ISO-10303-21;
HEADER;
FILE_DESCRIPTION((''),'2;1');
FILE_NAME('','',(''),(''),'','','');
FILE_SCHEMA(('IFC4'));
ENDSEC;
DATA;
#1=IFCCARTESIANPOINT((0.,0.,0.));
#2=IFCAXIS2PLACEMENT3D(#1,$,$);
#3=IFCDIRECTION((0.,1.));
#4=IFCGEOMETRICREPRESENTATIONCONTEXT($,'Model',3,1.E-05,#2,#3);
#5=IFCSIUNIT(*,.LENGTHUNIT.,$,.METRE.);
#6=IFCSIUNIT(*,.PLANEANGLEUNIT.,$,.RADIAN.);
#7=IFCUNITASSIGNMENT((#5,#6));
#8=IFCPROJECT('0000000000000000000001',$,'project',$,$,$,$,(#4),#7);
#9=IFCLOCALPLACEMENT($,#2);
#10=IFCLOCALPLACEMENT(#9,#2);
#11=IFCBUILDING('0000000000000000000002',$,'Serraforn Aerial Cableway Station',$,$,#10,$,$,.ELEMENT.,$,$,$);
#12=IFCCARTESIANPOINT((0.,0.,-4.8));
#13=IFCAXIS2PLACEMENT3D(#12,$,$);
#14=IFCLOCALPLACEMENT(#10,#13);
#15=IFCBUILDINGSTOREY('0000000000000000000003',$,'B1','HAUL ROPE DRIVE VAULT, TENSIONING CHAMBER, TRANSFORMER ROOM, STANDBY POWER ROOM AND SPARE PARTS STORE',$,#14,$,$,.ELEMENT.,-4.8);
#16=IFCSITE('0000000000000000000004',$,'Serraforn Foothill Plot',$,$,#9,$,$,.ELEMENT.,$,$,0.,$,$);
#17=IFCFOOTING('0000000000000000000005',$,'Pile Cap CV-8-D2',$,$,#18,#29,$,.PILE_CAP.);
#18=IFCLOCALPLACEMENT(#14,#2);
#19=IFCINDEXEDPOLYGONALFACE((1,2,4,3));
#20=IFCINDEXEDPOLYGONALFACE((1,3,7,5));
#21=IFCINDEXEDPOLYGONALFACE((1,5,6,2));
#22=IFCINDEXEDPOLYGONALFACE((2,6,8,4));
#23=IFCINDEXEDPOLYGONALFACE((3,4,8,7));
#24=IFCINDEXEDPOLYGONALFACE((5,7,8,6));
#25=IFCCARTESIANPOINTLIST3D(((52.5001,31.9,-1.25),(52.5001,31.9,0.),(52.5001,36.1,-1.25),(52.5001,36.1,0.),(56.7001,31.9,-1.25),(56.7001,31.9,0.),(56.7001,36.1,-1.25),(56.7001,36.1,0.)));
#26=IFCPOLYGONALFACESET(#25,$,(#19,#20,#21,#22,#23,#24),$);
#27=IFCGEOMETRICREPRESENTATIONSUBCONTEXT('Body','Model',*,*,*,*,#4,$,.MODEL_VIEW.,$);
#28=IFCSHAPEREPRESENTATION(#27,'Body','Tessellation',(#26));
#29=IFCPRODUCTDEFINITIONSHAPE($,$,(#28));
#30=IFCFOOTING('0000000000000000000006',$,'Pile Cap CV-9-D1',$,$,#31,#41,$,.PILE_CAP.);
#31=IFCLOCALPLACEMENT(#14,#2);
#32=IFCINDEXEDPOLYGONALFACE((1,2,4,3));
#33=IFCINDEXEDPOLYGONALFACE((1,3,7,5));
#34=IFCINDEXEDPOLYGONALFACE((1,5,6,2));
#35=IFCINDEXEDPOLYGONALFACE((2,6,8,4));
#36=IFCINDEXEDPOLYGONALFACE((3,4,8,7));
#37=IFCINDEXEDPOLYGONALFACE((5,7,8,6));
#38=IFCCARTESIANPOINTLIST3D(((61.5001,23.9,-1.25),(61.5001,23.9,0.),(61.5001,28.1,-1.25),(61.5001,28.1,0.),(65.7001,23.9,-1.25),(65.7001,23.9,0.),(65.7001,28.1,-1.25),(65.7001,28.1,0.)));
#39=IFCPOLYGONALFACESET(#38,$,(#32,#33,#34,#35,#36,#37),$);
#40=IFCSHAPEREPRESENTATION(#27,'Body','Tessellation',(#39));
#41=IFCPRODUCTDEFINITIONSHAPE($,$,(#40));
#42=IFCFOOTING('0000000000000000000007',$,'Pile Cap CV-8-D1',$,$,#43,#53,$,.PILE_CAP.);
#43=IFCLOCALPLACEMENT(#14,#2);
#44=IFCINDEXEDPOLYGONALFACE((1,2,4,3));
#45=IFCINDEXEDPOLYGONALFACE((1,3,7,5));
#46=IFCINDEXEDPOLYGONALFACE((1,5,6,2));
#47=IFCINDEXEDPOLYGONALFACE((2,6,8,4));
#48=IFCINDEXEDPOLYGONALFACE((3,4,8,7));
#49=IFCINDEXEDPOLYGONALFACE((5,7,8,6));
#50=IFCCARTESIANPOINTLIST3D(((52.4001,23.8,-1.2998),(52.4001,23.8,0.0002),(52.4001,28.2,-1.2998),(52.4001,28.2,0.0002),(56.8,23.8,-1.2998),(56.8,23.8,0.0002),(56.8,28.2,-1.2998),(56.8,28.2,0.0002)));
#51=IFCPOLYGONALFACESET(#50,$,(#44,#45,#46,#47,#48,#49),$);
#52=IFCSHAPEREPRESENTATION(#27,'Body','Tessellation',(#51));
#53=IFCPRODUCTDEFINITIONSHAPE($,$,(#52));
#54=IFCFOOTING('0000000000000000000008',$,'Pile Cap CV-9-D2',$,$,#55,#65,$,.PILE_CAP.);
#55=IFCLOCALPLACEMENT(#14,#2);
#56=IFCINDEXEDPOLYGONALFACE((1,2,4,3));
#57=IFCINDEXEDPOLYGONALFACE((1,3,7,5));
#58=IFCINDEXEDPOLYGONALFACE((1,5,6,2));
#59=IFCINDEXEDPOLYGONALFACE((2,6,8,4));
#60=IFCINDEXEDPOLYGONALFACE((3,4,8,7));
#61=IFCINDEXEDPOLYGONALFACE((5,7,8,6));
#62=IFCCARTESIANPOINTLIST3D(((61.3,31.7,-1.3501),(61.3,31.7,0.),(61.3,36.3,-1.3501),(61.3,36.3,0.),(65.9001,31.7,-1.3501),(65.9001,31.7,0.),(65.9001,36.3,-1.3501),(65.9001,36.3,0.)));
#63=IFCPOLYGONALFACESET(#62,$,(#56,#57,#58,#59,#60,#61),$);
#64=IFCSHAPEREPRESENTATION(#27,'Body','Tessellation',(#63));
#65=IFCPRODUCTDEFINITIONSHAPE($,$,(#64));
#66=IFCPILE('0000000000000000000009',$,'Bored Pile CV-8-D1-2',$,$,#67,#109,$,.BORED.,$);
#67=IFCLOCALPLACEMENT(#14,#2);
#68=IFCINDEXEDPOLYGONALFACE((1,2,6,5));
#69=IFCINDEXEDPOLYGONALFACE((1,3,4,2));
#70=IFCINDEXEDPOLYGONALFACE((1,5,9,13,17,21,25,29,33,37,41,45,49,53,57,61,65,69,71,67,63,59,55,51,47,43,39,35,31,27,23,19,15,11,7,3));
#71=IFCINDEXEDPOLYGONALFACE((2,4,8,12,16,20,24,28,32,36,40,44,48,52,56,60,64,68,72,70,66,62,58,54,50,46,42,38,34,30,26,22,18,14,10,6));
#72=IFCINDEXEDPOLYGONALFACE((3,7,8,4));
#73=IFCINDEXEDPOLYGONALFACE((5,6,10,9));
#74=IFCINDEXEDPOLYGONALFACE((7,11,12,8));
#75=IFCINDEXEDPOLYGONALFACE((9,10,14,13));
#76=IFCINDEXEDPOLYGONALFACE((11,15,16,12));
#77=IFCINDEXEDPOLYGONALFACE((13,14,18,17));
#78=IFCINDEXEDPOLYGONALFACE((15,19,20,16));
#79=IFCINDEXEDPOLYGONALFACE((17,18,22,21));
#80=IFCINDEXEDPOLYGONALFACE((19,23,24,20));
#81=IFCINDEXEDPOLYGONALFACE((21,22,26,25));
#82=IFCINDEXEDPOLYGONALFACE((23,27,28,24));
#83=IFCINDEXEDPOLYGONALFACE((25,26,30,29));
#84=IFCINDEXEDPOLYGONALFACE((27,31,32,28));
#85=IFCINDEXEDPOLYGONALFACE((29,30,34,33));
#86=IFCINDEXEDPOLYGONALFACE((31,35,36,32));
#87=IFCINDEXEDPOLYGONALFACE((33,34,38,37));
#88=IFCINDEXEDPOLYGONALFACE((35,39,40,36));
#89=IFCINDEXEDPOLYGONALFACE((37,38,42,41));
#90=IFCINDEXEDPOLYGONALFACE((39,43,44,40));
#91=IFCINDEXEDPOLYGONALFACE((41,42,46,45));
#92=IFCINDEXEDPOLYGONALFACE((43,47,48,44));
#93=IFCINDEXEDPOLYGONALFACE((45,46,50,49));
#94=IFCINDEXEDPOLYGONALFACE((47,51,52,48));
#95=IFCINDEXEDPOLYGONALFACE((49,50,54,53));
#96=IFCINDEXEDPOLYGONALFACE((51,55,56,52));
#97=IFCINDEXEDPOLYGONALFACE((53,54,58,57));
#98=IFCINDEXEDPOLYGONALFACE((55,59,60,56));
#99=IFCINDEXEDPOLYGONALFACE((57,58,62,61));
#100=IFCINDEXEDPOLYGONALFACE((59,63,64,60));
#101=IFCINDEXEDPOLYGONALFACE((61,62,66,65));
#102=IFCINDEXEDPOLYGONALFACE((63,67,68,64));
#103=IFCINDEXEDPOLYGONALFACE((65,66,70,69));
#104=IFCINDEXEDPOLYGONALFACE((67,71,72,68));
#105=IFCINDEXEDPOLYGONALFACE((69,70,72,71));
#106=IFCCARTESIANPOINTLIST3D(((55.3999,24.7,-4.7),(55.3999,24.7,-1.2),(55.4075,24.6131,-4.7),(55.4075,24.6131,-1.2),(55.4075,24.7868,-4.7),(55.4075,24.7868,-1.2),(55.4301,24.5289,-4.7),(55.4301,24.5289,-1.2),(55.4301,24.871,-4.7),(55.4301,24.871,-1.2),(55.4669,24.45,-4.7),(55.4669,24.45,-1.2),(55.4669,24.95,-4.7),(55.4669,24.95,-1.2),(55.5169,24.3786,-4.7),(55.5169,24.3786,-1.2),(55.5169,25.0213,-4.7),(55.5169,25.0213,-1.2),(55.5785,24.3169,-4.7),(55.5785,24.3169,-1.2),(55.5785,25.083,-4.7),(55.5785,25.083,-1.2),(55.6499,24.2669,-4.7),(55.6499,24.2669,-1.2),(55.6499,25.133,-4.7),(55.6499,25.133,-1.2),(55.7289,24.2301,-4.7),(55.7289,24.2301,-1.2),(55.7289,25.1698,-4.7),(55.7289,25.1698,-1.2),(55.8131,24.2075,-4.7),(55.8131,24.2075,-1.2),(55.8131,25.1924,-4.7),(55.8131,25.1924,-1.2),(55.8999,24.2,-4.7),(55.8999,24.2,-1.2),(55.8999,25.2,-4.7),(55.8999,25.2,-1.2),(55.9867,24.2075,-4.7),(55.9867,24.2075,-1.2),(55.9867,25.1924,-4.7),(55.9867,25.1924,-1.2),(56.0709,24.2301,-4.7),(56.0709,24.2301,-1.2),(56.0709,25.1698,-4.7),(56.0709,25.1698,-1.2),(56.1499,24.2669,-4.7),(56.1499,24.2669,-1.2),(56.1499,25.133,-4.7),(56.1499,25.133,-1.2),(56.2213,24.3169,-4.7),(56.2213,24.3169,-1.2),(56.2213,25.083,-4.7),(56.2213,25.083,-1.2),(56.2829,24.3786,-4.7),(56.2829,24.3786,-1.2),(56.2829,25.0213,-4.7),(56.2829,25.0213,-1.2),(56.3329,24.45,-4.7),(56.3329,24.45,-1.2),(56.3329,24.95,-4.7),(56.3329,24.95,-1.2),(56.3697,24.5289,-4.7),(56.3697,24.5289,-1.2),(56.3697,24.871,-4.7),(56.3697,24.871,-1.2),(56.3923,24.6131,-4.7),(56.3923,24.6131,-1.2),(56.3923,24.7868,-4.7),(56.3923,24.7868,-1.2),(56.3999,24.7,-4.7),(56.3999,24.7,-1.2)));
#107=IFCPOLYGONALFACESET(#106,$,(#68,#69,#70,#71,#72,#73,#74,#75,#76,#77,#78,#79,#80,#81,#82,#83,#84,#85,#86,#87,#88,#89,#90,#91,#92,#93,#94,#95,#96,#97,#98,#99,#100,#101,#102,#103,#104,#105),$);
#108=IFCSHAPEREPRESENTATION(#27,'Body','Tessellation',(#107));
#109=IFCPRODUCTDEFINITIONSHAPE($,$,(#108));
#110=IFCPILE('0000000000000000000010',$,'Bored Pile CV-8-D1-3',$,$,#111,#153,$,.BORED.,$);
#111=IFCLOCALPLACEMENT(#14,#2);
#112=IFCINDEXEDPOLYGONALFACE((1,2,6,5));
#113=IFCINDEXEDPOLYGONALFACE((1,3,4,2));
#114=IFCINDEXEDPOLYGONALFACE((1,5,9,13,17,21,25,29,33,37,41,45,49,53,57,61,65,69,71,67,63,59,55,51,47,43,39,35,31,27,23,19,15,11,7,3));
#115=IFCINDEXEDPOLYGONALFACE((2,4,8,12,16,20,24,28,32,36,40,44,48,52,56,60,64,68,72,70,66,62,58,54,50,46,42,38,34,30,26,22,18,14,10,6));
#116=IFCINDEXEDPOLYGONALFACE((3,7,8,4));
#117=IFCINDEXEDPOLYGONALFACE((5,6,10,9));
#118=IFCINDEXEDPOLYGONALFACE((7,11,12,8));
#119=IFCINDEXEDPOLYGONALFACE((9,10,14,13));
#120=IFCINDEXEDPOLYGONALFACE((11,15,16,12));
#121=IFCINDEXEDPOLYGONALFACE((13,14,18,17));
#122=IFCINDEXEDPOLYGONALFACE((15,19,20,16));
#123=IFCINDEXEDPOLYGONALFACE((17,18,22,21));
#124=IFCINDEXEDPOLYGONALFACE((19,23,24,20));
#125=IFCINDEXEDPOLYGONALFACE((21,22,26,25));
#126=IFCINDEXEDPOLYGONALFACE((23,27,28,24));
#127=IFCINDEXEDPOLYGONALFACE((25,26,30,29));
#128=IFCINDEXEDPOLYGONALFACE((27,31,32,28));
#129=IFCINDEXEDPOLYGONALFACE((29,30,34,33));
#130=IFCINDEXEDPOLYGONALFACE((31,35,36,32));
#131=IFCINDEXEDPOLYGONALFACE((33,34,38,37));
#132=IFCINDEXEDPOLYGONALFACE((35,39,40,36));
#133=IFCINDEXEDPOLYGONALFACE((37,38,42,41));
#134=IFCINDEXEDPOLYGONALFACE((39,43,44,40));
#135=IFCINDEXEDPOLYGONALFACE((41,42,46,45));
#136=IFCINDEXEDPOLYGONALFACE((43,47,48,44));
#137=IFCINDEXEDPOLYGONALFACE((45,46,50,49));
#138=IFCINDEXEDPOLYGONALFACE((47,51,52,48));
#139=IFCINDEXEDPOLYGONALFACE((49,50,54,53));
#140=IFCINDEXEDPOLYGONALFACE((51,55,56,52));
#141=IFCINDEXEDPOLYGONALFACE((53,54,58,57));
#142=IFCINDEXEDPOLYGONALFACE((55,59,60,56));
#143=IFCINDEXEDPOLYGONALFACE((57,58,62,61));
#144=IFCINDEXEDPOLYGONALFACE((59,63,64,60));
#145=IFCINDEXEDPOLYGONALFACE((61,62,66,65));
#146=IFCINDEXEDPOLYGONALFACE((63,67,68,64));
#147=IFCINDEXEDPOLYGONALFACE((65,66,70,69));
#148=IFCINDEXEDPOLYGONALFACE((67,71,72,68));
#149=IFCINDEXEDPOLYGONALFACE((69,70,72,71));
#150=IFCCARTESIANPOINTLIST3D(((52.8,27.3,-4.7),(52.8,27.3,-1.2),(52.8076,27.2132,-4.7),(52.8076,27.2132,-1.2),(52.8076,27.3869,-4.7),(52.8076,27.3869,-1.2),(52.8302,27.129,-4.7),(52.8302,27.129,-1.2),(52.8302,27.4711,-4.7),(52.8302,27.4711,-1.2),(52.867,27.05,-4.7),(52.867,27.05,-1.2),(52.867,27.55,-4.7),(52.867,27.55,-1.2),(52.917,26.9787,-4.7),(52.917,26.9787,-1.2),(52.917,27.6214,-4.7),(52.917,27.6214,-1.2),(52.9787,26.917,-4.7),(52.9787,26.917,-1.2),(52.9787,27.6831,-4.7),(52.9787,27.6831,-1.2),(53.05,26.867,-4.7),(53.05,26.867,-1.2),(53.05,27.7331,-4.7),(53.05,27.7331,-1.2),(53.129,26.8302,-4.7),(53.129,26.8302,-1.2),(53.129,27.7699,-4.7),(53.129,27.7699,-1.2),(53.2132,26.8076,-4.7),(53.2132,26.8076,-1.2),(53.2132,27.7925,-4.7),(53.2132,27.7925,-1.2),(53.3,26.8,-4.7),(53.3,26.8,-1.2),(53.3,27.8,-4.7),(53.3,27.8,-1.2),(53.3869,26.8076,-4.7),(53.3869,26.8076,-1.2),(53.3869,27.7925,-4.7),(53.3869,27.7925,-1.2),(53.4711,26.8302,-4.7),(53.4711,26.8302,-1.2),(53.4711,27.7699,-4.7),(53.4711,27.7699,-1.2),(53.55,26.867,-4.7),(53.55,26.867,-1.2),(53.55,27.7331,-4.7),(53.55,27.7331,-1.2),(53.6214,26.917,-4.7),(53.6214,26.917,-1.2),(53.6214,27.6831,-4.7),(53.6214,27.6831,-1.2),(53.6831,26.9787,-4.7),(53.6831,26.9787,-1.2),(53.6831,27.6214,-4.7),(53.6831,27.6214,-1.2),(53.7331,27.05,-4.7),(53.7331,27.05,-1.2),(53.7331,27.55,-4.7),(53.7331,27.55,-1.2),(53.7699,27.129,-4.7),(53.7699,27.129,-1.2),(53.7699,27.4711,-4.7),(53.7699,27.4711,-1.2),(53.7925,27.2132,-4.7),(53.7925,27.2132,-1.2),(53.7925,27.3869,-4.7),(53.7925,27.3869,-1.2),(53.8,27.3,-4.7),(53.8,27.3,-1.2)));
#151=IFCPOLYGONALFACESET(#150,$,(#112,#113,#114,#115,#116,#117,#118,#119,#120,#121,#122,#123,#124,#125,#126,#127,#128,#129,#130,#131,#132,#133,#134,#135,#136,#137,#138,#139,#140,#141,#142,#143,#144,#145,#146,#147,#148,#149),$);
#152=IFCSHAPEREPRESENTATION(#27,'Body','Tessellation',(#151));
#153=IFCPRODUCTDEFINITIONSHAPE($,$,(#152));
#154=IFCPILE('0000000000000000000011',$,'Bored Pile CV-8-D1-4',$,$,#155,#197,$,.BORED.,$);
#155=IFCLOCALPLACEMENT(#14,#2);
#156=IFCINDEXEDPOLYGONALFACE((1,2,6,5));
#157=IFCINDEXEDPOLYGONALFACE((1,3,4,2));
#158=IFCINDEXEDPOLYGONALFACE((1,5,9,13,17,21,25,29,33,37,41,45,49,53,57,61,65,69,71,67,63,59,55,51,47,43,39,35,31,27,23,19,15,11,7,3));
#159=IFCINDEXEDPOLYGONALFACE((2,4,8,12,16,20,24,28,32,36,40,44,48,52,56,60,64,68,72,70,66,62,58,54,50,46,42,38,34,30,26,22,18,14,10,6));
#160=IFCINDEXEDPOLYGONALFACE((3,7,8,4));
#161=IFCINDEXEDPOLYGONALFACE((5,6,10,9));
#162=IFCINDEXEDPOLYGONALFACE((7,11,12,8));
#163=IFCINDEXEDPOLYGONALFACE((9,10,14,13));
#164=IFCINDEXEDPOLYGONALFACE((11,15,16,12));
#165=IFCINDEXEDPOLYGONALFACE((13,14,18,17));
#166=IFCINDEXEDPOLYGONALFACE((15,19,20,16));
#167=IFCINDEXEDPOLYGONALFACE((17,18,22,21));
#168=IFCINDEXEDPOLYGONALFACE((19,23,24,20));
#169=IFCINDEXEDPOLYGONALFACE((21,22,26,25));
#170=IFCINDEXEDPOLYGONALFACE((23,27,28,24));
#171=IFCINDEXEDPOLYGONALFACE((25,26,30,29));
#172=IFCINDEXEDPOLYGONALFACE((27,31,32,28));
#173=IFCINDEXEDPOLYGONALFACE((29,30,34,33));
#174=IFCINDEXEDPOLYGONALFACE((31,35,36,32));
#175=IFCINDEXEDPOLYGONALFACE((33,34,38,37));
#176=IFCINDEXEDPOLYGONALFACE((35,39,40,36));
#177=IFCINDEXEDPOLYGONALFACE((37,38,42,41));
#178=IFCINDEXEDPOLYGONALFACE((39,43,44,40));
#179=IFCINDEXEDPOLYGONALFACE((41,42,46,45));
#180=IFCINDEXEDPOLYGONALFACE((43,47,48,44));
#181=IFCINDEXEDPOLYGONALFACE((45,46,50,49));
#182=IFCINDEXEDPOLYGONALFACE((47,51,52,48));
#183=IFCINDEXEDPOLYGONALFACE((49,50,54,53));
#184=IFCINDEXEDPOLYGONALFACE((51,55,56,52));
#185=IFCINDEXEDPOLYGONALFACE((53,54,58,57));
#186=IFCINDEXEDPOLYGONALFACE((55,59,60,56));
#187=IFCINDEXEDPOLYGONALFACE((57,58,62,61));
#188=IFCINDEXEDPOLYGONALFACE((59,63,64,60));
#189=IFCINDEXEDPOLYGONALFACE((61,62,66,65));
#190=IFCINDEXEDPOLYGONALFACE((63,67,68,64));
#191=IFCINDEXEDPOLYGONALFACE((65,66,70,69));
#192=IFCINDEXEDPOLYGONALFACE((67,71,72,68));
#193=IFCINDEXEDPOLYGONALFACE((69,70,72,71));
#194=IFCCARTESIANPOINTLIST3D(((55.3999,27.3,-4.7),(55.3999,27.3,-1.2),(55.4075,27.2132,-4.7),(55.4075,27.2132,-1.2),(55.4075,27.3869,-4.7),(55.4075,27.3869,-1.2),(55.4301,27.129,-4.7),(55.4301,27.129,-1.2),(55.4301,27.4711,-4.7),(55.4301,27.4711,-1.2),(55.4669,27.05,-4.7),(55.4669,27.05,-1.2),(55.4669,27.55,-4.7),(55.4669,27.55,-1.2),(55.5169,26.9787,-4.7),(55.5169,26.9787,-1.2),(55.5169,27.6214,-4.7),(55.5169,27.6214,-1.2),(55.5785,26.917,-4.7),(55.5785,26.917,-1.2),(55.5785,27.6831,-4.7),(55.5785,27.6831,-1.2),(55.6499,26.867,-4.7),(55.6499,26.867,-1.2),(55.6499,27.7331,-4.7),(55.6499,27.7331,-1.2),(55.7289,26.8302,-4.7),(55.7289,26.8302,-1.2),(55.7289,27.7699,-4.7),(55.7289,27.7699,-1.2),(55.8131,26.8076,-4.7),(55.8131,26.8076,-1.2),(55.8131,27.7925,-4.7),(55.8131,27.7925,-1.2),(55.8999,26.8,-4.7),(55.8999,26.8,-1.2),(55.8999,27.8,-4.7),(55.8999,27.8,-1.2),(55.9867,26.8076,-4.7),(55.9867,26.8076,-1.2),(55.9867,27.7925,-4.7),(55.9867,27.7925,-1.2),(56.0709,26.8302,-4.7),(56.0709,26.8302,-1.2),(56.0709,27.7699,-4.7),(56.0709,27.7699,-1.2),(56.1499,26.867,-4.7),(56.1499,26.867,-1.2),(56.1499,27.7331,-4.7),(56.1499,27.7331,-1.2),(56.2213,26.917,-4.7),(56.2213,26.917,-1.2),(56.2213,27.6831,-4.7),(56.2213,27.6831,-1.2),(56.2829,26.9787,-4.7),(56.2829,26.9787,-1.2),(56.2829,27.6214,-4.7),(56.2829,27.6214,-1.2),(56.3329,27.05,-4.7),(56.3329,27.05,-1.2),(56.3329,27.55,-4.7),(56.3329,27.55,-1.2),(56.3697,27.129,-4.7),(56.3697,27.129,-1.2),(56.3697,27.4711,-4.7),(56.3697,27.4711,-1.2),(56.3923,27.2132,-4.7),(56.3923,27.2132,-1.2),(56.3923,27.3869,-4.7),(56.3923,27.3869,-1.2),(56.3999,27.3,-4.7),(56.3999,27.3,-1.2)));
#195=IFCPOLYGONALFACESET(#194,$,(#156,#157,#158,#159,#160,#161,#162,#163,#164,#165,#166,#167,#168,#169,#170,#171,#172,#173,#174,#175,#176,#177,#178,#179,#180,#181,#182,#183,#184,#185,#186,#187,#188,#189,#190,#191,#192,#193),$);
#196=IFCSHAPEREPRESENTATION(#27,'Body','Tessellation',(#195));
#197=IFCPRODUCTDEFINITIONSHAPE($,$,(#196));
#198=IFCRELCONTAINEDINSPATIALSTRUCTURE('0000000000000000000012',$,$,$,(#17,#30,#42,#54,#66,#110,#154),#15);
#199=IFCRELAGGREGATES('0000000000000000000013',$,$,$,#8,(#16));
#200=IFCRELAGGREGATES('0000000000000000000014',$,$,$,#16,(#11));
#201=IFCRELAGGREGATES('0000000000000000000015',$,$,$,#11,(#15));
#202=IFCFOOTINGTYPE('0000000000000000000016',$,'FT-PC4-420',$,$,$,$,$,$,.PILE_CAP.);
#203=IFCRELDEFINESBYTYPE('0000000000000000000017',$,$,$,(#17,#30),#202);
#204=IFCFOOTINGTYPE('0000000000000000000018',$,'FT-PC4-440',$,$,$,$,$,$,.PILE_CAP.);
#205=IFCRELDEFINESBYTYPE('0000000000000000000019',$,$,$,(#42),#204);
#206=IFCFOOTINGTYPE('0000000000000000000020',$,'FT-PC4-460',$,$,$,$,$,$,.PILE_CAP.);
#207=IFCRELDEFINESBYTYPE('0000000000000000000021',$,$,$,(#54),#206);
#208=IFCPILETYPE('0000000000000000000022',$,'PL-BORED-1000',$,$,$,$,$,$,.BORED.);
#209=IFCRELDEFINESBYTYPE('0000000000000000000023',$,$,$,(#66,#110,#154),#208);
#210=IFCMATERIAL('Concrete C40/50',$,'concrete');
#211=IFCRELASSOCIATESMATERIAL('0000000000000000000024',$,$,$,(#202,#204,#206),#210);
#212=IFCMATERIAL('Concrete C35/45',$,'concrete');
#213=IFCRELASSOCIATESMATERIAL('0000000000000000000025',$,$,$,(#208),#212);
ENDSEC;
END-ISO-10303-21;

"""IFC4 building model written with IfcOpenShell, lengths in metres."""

from ifc_helpers import new_model, si_unit, direction, frame, origin, origin_2d, place, context, subcontext, project, spatial, rectangle, circle, extrude, material, material_profile, profile_set, type_object, element, save


model = new_model("IFC4")

# Units and contexts
model_context = context("Model", 3, precision=1e-05, world=origin(), true_north=direction((0.0, 1.0)))
body_context = subcontext(model_context, "Body", "Model", "MODEL_VIEW")
ifc_project = project(units=[si_unit("LENGTHUNIT", "METRE"), si_unit("PLANEANGLEUNIT", "RADIAN")], contexts=[model_context])

# Site, building, storey
site_placement = place(None, origin())
site = spatial("IfcSite", under=ifc_project, at=site_placement, Name="Serraforn Foothill Plot", CompositionType="ELEMENT", RefElevation=0.0)
building_placement = place(site_placement, origin())
building = spatial("IfcBuilding", under=site, at=building_placement, Name="Serraforn Aerial Cableway Station", CompositionType="ELEMENT")
storey_placement = place(building_placement, frame((0.0, 0.0, -4.8)))
storey = spatial("IfcBuildingStorey", under=building, at=storey_placement, Name="B1", Description="HAUL ROPE DRIVE VAULT, TENSIONING CHAMBER, TRANSFORMER ROOM, STANDBY POWER ROOM AND SPARE PARTS STORE", CompositionType="ELEMENT", Elevation=-4.8)

# Footings
ifc_material_1 = material(Name="Concrete C40/50", Category="concrete")
footing_type_1 = type_object("IfcFootingType", Name="FT-PC4-420", PredefinedType="PILE_CAP", material=ifc_material_1)
for number, where, z_axis, x_axis, name in (
    (1, (54.6001, 34.0, -1.25), (0.0, 0.0, 1.0), (1.0, 0.0, 0.0), "Pile Cap CV-8-D2"),
    (2, (63.6001, 26.0, -1.25), (0.0, 0.0, 1.0), (1.0, 0.0, 0.0), "Pile Cap CV-9-D1"),
):
    element("IfcFooting", number, at=place(storey_placement, frame(where, z_axis=z_axis, x_axis=x_axis)), inside=storey, type_object=footing_type_1, Name=name, PredefinedType="PILE_CAP", context=body_context, shape_type="SweptSolid", body=[
        extrude(rectangle(XDim=4.2, YDim=4.2, at=origin_2d()), origin(), (0.0, 0.0, 1.0), 1.25),
    ])
footing_type_2 = type_object("IfcFootingType", Name="FT-PC4-440", PredefinedType="PILE_CAP", material=ifc_material_1)
footing_1_placement = place(storey_placement, frame((54.6001, 26.0, -1.2998), z_axis=(0.0, 0.0, 1.0), x_axis=(1.0, 0.0, 0.0)))
element("IfcFooting", 3, at=footing_1_placement, inside=storey, type_object=footing_type_2, Name="Pile Cap CV-8-D1", PredefinedType="PILE_CAP", context=body_context, shape_type="SweptSolid", body=[
    extrude(rectangle(XDim=4.3999, YDim=4.3999, at=origin_2d()), origin(), (0.0, 0.0, 1.0), 1.3),
])
footing_type_3 = type_object("IfcFootingType", Name="FT-PC4-460", PredefinedType="PILE_CAP", material=ifc_material_1)
footing_2_placement = place(storey_placement, frame((63.6001, 34.0, -1.3501), z_axis=(0.0, 0.0, 1.0), x_axis=(1.0, 0.0, 0.0)))
element("IfcFooting", 4, at=footing_2_placement, inside=storey, type_object=footing_type_3, Name="Pile Cap CV-9-D2", PredefinedType="PILE_CAP", context=body_context, shape_type="SweptSolid", body=[
    extrude(rectangle(XDim=4.6001, YDim=4.6001, at=origin_2d()), origin(), (0.0, 0.0, 1.0), 1.3501),
])

# Piles
ifc_material_2 = material(Name="Concrete C35/45", Category="concrete")
ifc_material_profile_1 = material_profile(ifc_material_2, circle(Radius=0.5, at=origin_2d()), Name="BORED PILE D1000")
ifc_profile_set_1 = profile_set([ifc_material_profile_1], Name="Concrete C35/45")
pile_type = type_object("IfcPileType", Name="PL-BORED-1000", PredefinedType="BORED", material=ifc_profile_set_1)
for number, where, z_axis, x_axis, name in (
    (5, (55.8999, 24.7, -1.2), (0.0, 0.0, -1.0), (1.0, 0.0, 0.0), "Bored Pile CV-8-D1-2"),
    (6, (53.3, 27.3, -1.2), (0.0, 0.0, -1.0), (1.0, 0.0, 0.0), "Bored Pile CV-8-D1-3"),
    (7, (55.8999, 27.3, -1.2), (0.0, 0.0, -1.0), (1.0, 0.0, 0.0), "Bored Pile CV-8-D1-4"),
):
    element("IfcPile", number, at=place(storey_placement, frame(where, z_axis=z_axis, x_axis=x_axis)), inside=storey, type_object=pile_type, Name=name, PredefinedType="BORED", context=body_context, shape_type="SweptSolid", body=[
        extrude(circle(Radius=0.5, at=origin_2d()), origin(), (0.0, 0.0, 1.0), 3.5),
    ])

save(model, "model.ifc")
